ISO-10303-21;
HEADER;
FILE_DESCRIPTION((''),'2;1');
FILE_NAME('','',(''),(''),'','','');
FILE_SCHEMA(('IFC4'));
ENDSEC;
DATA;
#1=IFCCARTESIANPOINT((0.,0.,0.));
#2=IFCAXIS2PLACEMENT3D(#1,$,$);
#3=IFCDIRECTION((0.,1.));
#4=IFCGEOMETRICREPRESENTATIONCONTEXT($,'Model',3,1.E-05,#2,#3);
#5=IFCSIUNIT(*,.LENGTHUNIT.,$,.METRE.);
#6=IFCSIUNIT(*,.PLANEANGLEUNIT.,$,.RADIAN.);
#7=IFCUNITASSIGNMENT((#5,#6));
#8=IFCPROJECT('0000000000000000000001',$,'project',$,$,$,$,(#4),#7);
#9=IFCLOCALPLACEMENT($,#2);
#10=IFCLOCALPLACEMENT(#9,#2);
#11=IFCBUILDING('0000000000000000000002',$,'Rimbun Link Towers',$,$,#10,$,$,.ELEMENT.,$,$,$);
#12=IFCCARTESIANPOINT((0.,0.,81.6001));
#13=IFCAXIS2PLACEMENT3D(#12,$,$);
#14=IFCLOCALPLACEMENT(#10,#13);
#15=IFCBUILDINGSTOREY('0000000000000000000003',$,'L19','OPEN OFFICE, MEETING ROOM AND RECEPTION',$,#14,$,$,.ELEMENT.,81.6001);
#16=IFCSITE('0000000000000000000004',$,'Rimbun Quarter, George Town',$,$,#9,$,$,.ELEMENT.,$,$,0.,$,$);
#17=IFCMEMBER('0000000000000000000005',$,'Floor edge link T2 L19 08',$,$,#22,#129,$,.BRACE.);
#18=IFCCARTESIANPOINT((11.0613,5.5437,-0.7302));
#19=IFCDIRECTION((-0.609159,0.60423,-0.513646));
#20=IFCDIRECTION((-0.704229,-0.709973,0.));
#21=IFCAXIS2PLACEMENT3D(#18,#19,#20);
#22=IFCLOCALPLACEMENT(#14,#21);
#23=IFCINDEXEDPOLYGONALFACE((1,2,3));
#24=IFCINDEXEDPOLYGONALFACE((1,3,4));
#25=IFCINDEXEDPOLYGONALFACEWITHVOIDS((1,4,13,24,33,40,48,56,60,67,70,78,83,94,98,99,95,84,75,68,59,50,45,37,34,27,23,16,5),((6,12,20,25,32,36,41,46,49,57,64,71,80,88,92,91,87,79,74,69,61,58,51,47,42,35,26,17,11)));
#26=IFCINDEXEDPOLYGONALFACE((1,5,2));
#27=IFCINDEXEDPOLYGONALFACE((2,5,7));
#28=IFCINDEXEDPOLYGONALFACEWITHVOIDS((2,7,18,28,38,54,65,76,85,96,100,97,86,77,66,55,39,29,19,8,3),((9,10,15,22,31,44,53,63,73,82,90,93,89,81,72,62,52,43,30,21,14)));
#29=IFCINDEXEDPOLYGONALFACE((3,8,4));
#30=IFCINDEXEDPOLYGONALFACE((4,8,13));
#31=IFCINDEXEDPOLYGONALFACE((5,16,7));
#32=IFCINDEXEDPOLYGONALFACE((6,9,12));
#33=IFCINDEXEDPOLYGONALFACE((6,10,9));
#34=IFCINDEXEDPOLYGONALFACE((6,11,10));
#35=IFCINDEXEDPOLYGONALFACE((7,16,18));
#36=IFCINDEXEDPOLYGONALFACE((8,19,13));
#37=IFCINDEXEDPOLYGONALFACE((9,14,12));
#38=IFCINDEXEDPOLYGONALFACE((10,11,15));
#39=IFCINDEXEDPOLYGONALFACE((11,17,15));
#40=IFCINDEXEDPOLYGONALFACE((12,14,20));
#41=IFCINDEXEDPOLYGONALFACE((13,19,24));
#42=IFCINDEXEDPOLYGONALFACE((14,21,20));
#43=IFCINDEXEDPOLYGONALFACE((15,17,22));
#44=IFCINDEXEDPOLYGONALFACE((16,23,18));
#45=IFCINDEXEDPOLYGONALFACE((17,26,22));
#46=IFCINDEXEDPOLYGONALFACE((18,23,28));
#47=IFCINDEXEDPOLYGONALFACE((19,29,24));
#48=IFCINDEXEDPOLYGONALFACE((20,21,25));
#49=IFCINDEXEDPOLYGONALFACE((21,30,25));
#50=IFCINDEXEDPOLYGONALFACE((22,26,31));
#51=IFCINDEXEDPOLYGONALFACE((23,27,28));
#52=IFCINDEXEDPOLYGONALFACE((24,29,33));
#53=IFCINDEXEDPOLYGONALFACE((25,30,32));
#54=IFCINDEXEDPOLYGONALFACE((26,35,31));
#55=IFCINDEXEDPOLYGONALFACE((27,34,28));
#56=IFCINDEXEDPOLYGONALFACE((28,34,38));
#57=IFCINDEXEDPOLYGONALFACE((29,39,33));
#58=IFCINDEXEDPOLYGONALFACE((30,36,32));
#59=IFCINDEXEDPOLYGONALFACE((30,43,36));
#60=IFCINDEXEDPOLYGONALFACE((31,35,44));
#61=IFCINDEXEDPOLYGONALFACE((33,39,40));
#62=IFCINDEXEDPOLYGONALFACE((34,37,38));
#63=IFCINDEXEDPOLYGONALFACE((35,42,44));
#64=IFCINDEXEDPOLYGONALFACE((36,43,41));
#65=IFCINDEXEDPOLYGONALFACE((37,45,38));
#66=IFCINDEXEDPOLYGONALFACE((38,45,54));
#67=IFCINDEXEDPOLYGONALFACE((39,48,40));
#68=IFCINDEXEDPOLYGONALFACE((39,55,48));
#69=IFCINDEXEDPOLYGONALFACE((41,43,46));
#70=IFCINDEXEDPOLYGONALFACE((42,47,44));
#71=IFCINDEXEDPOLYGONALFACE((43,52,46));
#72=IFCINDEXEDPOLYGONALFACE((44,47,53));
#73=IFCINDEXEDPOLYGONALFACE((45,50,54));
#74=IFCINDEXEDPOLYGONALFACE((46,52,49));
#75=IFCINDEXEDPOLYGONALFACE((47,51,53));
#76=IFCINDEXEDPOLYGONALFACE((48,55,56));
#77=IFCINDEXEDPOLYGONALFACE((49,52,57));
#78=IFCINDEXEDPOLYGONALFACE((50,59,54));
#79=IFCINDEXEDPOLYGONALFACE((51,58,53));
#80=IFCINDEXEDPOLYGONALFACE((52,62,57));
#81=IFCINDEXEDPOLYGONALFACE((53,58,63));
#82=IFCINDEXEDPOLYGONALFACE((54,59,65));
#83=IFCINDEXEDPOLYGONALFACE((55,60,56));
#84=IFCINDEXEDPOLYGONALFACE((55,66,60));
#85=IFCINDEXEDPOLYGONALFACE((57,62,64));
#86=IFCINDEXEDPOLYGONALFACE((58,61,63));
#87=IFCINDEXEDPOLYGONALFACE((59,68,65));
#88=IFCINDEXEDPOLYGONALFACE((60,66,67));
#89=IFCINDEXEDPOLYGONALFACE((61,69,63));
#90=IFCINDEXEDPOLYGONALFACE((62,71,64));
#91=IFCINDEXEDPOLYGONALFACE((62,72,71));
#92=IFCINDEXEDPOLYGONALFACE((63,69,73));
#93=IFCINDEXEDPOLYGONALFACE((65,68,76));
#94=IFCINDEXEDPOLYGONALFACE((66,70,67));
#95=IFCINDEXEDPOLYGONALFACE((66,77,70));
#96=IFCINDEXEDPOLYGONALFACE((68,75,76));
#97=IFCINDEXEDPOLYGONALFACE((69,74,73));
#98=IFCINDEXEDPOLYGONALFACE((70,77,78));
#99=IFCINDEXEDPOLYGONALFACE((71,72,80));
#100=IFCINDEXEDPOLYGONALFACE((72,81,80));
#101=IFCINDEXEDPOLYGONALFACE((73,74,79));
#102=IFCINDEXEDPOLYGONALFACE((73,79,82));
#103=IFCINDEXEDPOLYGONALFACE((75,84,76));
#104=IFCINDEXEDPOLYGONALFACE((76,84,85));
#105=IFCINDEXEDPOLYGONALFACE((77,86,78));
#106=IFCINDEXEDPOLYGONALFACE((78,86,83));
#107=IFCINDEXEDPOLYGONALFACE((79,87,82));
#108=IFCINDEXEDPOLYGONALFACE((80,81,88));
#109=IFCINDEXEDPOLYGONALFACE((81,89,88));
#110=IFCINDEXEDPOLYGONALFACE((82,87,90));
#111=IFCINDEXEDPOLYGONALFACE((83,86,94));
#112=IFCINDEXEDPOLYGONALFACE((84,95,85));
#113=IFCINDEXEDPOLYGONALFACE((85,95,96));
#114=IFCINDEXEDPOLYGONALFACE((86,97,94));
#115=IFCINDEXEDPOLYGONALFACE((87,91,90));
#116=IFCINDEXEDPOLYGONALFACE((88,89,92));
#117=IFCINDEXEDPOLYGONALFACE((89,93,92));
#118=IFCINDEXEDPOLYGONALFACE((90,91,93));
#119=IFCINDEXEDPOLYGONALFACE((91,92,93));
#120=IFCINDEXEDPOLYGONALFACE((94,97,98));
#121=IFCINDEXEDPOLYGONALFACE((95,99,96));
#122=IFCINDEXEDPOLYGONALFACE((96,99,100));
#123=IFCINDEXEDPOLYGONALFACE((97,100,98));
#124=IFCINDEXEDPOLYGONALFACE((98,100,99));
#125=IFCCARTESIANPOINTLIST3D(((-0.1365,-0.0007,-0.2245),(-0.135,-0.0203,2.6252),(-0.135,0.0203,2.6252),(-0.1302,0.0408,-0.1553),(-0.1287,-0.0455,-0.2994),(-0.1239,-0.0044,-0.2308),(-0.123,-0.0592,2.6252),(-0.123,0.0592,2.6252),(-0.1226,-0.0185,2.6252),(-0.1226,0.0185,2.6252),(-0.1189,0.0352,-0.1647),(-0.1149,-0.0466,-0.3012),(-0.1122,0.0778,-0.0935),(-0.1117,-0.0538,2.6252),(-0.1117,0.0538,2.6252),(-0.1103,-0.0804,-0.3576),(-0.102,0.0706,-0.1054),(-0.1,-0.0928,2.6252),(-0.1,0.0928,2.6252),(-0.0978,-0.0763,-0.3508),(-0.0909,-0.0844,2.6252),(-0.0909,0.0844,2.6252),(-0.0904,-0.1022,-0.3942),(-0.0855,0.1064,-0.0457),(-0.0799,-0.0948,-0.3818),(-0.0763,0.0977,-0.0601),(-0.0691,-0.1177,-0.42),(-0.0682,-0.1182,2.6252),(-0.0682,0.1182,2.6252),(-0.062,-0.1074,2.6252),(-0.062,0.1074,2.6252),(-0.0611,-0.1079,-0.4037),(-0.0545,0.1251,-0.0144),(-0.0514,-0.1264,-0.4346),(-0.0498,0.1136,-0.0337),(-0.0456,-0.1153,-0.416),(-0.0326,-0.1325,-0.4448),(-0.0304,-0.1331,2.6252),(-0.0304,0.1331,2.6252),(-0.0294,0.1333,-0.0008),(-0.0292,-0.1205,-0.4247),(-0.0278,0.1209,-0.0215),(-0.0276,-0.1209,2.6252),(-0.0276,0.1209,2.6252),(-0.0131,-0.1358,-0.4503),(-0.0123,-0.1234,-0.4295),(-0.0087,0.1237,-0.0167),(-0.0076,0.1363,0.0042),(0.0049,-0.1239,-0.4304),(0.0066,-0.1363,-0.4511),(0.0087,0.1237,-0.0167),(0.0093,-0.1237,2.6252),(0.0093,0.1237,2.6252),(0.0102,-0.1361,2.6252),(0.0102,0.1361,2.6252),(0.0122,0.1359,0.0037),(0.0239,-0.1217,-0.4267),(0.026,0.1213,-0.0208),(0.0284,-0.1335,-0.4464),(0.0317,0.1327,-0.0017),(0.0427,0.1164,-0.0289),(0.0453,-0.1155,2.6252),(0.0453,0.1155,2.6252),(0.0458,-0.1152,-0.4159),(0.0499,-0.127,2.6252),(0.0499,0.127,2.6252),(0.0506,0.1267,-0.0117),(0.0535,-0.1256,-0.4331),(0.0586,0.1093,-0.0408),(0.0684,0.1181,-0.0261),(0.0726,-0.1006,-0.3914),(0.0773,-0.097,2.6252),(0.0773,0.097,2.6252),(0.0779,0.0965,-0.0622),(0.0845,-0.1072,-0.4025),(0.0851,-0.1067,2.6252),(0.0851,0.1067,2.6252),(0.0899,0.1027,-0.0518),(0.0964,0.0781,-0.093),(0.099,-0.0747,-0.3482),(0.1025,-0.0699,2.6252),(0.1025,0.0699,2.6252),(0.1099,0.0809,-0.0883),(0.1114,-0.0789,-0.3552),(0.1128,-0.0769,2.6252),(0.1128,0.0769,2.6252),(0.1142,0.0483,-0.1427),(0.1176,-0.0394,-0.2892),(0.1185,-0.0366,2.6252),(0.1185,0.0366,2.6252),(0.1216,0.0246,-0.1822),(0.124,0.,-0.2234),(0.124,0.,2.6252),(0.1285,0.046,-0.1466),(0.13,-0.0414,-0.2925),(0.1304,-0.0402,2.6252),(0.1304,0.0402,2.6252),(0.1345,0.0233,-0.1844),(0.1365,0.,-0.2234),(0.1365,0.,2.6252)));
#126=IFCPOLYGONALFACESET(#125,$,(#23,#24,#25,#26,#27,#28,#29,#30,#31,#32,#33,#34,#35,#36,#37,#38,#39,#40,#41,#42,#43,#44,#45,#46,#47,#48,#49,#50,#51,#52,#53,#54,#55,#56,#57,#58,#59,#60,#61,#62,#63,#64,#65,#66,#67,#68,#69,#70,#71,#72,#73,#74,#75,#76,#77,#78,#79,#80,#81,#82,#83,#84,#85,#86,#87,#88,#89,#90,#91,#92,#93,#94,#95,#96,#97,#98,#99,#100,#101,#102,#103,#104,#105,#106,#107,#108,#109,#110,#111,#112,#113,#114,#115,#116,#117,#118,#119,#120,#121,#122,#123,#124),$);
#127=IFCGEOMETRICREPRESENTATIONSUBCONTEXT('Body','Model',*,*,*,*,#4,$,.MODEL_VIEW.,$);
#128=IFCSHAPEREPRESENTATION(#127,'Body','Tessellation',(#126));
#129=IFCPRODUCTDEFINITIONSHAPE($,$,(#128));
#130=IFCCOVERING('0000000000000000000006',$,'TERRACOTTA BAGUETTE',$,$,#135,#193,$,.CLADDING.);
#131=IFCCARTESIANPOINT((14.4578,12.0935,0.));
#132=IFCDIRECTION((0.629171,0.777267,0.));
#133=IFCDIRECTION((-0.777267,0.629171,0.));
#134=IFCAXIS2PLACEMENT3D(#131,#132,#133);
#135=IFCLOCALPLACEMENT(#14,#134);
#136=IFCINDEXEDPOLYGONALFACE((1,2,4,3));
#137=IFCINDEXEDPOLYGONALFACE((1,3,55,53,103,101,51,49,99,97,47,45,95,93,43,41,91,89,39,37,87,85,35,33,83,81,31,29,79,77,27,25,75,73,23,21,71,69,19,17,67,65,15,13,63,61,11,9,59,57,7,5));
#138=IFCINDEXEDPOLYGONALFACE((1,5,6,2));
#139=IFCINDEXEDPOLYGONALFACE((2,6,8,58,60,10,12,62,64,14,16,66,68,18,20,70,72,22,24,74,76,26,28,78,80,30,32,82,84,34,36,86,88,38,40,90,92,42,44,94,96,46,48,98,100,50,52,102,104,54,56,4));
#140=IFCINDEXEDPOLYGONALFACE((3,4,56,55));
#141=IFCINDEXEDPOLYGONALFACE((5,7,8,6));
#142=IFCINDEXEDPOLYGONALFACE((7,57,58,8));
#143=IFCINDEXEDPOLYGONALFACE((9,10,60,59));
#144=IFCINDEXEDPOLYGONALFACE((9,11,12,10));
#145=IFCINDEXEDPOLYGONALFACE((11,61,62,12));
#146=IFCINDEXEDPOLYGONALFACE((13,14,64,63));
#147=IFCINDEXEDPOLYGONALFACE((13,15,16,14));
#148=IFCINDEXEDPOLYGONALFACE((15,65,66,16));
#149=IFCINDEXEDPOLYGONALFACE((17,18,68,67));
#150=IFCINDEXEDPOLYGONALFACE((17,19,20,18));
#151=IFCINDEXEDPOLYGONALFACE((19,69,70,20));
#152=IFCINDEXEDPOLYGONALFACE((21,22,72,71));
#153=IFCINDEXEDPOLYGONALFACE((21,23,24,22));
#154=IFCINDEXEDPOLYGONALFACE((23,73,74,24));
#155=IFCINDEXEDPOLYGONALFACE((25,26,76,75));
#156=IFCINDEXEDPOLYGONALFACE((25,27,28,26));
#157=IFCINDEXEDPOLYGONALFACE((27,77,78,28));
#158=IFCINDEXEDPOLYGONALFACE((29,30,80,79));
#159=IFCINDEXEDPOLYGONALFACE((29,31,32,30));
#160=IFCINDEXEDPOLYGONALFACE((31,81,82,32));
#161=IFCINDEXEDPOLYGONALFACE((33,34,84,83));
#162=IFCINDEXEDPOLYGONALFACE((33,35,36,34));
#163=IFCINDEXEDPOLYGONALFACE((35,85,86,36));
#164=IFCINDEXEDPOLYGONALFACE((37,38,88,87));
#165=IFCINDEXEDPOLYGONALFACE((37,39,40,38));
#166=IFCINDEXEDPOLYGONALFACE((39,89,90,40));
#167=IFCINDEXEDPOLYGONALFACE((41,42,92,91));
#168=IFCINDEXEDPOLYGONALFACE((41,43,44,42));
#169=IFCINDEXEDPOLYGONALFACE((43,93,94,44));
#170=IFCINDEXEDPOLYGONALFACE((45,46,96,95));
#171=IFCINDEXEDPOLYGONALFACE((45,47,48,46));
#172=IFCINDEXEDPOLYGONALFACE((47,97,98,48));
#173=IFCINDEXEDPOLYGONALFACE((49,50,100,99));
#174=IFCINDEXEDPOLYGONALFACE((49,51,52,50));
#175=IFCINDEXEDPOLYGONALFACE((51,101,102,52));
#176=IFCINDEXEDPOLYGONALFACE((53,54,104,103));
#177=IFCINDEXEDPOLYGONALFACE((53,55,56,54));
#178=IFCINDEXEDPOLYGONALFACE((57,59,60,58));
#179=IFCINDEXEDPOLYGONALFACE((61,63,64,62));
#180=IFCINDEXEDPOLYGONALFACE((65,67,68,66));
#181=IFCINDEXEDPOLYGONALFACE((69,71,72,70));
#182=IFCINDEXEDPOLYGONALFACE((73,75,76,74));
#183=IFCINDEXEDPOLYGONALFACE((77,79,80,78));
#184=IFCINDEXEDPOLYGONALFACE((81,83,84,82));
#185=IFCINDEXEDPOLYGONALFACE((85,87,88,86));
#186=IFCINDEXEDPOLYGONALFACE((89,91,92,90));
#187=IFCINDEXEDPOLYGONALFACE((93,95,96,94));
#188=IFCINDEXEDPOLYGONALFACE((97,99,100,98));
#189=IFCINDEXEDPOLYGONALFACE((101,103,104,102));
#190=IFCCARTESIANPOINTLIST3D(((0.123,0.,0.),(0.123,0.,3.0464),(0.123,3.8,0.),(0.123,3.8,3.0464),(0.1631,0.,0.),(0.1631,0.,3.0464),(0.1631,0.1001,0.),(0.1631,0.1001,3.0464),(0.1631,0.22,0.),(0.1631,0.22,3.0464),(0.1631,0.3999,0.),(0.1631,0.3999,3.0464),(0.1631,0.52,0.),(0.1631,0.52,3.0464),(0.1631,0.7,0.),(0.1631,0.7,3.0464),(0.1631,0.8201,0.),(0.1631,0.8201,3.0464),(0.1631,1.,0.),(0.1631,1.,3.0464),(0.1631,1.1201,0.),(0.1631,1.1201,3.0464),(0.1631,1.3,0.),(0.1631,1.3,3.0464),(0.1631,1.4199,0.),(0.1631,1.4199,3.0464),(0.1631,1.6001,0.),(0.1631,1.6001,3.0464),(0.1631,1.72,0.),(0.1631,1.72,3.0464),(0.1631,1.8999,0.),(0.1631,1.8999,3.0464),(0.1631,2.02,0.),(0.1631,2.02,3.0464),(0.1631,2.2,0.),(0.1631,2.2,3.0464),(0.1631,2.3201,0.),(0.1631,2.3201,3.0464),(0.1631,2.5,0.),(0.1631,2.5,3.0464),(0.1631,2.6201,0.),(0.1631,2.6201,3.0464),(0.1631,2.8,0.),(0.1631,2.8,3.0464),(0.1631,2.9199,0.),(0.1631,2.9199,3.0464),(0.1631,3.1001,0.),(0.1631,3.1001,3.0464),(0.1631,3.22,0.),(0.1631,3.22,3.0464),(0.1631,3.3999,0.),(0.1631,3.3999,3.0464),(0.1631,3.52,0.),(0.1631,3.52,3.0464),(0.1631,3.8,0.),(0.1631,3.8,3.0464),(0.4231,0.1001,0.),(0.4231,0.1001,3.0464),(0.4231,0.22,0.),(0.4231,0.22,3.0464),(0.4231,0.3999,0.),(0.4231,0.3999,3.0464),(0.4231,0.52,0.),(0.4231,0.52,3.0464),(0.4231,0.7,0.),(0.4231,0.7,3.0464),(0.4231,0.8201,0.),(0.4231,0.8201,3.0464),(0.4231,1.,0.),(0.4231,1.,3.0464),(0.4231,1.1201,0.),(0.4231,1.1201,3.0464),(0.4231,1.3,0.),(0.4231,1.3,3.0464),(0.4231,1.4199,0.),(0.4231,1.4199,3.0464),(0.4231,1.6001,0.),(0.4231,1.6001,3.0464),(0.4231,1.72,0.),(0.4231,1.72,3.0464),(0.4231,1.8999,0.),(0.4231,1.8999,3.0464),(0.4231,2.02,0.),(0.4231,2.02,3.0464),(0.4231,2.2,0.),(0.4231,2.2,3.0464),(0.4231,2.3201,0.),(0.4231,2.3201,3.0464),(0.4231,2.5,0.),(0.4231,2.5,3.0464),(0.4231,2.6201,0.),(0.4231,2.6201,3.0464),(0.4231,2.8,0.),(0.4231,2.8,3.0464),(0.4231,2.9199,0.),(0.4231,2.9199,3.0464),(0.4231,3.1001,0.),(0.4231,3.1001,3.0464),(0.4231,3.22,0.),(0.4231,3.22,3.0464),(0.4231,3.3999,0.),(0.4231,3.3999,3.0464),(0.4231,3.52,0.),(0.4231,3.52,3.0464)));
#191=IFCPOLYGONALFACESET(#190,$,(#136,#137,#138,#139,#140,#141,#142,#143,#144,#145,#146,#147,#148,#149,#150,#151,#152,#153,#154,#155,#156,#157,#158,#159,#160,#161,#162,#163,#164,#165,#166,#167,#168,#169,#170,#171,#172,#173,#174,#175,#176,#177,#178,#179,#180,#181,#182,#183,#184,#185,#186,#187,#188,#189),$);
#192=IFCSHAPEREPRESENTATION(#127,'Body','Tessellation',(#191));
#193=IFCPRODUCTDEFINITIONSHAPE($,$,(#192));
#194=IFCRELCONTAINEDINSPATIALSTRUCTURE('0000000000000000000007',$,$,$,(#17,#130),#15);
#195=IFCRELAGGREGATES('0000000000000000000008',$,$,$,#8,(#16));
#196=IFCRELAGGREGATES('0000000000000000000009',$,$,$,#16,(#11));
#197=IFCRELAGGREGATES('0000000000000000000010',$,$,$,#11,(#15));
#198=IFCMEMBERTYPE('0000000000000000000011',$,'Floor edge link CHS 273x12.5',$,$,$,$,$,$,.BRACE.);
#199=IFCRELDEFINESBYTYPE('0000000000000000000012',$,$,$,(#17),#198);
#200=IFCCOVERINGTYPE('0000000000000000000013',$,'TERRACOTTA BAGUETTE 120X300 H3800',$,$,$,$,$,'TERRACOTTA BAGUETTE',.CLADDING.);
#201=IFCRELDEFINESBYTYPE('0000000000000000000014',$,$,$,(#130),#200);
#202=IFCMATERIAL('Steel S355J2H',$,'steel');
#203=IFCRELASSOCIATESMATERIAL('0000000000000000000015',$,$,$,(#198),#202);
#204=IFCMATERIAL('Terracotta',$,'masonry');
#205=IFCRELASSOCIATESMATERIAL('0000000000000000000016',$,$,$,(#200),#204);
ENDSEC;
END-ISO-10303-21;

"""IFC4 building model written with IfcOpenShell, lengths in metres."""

from ifc_helpers import new_model, si_unit, direction, frame, origin, origin_2d, place, context, subcontext, project, spatial, polyline, hollow_circle, outline, extrude, clip, halfspace, material, material_profile, profile_set, type_object, element, save


model = new_model("IFC4")

# Units and contexts
model_context = context("Model", 3, precision=1e-05, world=origin(), true_north=direction((0.0, 1.0)))
body_context = subcontext(model_context, "Body", "Model", "MODEL_VIEW")
ifc_project = project(units=[si_unit("LENGTHUNIT", "METRE"), si_unit("PLANEANGLEUNIT", "RADIAN")], contexts=[model_context])

# Site, building, storey
site_placement = place(None, origin())
site = spatial("IfcSite", under=ifc_project, at=site_placement, Name="Rimbun Quarter, George Town", CompositionType="ELEMENT", RefElevation=0.0)
building_placement = place(site_placement, origin())
building = spatial("IfcBuilding", under=site, at=building_placement, Name="Rimbun Link Towers", CompositionType="ELEMENT")
storey_placement = place(building_placement, frame((0.0, 0.0, 81.6001)))
storey = spatial("IfcBuildingStorey", under=building, at=storey_placement, Name="L19", Description="OPEN OFFICE, MEETING ROOM AND RECEPTION", CompositionType="ELEMENT", Elevation=81.6001)

# Member
ifc_material_1 = material(Name="Steel S355J2H", Category="steel")
ifc_material_profile_1 = material_profile(ifc_material_1, hollow_circle(Radius=0.1365, WallThickness=0.0125, at=origin_2d()), Name="CHS 273x12.5")
ifc_profile_set_1 = profile_set([ifc_material_profile_1], Name="Steel S355J2H")
member_type_1 = type_object("IfcMemberType", Name="Floor edge link CHS 273x12.5", PredefinedType="BRACE", material=ifc_profile_set_1)
member_1_placement = place(storey_placement, frame((11.0613, 5.5437, -0.7302), z_axis=(-0.609159, 0.60423, -0.513646), x_axis=(-0.704229, -0.709973, 0.0)))
element("IfcMember", 1, at=member_1_placement, inside=storey, type_object=member_type_1, Name="Floor edge link T2 L19 08", PredefinedType="BRACE", context=body_context, shape_type="Clipping", body=[
    clip(extrude(hollow_circle(Radius=0.1365, WallThickness=0.0125, at=origin_2d()), frame((0.0, 0.0, -0.4753)), (0.0, 0.0, 1.0), 3.1006), halfspace(frame((0.0, 0.0, -0.2234), z_axis=(0.0, 0.858002, -0.513646)), False)),
])

# Covering
ifc_material_2 = material(Name="Terracotta", Category="masonry")
ifc_material_profile_2 = material_profile(ifc_material_2, outline(polyline([(0.123, 0.0), (0.1631, 0.0), (0.1631, 0.1001), (0.4231, 0.1001), (0.4231, 0.22), (0.1631, 0.22), (0.1631, 0.3999), (0.4231, 0.3999), (0.4231, 0.52), (0.1631, 0.52), (0.1631, 0.7), (0.4231, 0.7), (0.4231, 0.8201), (0.1631, 0.8201), (0.1631, 1.0), (0.4231, 1.0), (0.4231, 1.1201), (0.1631, 1.1201), (0.1631, 1.3), (0.4231, 1.3), (0.4231, 1.4199), (0.1631, 1.4199), (0.1631, 1.6001), (0.4231, 1.6001), (0.4231, 1.72), (0.1631, 1.72), (0.1631, 1.8999), (0.4231, 1.8999), (0.4231, 2.02), (0.1631, 2.02), (0.1631, 2.2), (0.4231, 2.2), (0.4231, 2.3201), (0.1631, 2.3201), (0.1631, 2.5), (0.4231, 2.5), (0.4231, 2.6201), (0.1631, 2.6201), (0.1631, 2.8), (0.4231, 2.8), (0.4231, 2.9199), (0.1631, 2.9199), (0.1631, 3.1001), (0.4231, 3.1001), (0.4231, 3.22), (0.1631, 3.22), (0.1631, 3.3999), (0.4231, 3.3999), (0.4231, 3.52), (0.1631, 3.52), (0.1631, 3.8), (0.123, 3.8), (0.123, 0.0)])), Name="BAGUETTE 120X300")
ifc_profile_set_2 = profile_set([ifc_material_profile_2], Name="Terracotta")
covering_type_1 = type_object("IfcCoveringType", Name="TERRACOTTA BAGUETTE 120X300 H3800", ElementType="TERRACOTTA BAGUETTE", PredefinedType="CLADDING", material=ifc_profile_set_2)
covering_1_placement = place(storey_placement, frame((14.4578, 12.0935, 0.0), z_axis=(0.629171, 0.777267, 0.0), x_axis=(-0.777267, 0.629171, 0.0)))
element("IfcCovering", 2, at=covering_1_placement, inside=storey, type_object=covering_type_1, Name="TERRACOTTA BAGUETTE", PredefinedType="CLADDING", context=body_context, shape_type="SweptSolid", body=[
    extrude(outline(polyline([(0.123, 0.0), (0.1631, 0.0), (0.1631, 0.1001), (0.4231, 0.1001), (0.4231, 0.22), (0.1631, 0.22), (0.1631, 0.3999), (0.4231, 0.3999), (0.4231, 0.52), (0.1631, 0.52), (0.1631, 0.7), (0.4231, 0.7), (0.4231, 0.8201), (0.1631, 0.8201), (0.1631, 1.0), (0.4231, 1.0), (0.4231, 1.1201), (0.1631, 1.1201), (0.1631, 1.3), (0.4231, 1.3), (0.4231, 1.4199), (0.1631, 1.4199), (0.1631, 1.6001), (0.4231, 1.6001), (0.4231, 1.72), (0.1631, 1.72), (0.1631, 1.8999), (0.4231, 1.8999), (0.4231, 2.02), (0.1631, 2.02), (0.1631, 2.2), (0.4231, 2.2), (0.4231, 2.3201), (0.1631, 2.3201), (0.1631, 2.5), (0.4231, 2.5), (0.4231, 2.6201), (0.1631, 2.6201), (0.1631, 2.8), (0.4231, 2.8), (0.4231, 2.9199), (0.1631, 2.9199), (0.1631, 3.1001), (0.4231, 3.1001), (0.4231, 3.22), (0.1631, 3.22), (0.1631, 3.3999), (0.4231, 3.3999), (0.4231, 3.52), (0.1631, 3.52), (0.1631, 3.8), (0.123, 3.8), (0.123, 0.0)])), origin(), (0.0, 0.0, 1.0), 3.0464),
])

save(model, "model.ifc")
